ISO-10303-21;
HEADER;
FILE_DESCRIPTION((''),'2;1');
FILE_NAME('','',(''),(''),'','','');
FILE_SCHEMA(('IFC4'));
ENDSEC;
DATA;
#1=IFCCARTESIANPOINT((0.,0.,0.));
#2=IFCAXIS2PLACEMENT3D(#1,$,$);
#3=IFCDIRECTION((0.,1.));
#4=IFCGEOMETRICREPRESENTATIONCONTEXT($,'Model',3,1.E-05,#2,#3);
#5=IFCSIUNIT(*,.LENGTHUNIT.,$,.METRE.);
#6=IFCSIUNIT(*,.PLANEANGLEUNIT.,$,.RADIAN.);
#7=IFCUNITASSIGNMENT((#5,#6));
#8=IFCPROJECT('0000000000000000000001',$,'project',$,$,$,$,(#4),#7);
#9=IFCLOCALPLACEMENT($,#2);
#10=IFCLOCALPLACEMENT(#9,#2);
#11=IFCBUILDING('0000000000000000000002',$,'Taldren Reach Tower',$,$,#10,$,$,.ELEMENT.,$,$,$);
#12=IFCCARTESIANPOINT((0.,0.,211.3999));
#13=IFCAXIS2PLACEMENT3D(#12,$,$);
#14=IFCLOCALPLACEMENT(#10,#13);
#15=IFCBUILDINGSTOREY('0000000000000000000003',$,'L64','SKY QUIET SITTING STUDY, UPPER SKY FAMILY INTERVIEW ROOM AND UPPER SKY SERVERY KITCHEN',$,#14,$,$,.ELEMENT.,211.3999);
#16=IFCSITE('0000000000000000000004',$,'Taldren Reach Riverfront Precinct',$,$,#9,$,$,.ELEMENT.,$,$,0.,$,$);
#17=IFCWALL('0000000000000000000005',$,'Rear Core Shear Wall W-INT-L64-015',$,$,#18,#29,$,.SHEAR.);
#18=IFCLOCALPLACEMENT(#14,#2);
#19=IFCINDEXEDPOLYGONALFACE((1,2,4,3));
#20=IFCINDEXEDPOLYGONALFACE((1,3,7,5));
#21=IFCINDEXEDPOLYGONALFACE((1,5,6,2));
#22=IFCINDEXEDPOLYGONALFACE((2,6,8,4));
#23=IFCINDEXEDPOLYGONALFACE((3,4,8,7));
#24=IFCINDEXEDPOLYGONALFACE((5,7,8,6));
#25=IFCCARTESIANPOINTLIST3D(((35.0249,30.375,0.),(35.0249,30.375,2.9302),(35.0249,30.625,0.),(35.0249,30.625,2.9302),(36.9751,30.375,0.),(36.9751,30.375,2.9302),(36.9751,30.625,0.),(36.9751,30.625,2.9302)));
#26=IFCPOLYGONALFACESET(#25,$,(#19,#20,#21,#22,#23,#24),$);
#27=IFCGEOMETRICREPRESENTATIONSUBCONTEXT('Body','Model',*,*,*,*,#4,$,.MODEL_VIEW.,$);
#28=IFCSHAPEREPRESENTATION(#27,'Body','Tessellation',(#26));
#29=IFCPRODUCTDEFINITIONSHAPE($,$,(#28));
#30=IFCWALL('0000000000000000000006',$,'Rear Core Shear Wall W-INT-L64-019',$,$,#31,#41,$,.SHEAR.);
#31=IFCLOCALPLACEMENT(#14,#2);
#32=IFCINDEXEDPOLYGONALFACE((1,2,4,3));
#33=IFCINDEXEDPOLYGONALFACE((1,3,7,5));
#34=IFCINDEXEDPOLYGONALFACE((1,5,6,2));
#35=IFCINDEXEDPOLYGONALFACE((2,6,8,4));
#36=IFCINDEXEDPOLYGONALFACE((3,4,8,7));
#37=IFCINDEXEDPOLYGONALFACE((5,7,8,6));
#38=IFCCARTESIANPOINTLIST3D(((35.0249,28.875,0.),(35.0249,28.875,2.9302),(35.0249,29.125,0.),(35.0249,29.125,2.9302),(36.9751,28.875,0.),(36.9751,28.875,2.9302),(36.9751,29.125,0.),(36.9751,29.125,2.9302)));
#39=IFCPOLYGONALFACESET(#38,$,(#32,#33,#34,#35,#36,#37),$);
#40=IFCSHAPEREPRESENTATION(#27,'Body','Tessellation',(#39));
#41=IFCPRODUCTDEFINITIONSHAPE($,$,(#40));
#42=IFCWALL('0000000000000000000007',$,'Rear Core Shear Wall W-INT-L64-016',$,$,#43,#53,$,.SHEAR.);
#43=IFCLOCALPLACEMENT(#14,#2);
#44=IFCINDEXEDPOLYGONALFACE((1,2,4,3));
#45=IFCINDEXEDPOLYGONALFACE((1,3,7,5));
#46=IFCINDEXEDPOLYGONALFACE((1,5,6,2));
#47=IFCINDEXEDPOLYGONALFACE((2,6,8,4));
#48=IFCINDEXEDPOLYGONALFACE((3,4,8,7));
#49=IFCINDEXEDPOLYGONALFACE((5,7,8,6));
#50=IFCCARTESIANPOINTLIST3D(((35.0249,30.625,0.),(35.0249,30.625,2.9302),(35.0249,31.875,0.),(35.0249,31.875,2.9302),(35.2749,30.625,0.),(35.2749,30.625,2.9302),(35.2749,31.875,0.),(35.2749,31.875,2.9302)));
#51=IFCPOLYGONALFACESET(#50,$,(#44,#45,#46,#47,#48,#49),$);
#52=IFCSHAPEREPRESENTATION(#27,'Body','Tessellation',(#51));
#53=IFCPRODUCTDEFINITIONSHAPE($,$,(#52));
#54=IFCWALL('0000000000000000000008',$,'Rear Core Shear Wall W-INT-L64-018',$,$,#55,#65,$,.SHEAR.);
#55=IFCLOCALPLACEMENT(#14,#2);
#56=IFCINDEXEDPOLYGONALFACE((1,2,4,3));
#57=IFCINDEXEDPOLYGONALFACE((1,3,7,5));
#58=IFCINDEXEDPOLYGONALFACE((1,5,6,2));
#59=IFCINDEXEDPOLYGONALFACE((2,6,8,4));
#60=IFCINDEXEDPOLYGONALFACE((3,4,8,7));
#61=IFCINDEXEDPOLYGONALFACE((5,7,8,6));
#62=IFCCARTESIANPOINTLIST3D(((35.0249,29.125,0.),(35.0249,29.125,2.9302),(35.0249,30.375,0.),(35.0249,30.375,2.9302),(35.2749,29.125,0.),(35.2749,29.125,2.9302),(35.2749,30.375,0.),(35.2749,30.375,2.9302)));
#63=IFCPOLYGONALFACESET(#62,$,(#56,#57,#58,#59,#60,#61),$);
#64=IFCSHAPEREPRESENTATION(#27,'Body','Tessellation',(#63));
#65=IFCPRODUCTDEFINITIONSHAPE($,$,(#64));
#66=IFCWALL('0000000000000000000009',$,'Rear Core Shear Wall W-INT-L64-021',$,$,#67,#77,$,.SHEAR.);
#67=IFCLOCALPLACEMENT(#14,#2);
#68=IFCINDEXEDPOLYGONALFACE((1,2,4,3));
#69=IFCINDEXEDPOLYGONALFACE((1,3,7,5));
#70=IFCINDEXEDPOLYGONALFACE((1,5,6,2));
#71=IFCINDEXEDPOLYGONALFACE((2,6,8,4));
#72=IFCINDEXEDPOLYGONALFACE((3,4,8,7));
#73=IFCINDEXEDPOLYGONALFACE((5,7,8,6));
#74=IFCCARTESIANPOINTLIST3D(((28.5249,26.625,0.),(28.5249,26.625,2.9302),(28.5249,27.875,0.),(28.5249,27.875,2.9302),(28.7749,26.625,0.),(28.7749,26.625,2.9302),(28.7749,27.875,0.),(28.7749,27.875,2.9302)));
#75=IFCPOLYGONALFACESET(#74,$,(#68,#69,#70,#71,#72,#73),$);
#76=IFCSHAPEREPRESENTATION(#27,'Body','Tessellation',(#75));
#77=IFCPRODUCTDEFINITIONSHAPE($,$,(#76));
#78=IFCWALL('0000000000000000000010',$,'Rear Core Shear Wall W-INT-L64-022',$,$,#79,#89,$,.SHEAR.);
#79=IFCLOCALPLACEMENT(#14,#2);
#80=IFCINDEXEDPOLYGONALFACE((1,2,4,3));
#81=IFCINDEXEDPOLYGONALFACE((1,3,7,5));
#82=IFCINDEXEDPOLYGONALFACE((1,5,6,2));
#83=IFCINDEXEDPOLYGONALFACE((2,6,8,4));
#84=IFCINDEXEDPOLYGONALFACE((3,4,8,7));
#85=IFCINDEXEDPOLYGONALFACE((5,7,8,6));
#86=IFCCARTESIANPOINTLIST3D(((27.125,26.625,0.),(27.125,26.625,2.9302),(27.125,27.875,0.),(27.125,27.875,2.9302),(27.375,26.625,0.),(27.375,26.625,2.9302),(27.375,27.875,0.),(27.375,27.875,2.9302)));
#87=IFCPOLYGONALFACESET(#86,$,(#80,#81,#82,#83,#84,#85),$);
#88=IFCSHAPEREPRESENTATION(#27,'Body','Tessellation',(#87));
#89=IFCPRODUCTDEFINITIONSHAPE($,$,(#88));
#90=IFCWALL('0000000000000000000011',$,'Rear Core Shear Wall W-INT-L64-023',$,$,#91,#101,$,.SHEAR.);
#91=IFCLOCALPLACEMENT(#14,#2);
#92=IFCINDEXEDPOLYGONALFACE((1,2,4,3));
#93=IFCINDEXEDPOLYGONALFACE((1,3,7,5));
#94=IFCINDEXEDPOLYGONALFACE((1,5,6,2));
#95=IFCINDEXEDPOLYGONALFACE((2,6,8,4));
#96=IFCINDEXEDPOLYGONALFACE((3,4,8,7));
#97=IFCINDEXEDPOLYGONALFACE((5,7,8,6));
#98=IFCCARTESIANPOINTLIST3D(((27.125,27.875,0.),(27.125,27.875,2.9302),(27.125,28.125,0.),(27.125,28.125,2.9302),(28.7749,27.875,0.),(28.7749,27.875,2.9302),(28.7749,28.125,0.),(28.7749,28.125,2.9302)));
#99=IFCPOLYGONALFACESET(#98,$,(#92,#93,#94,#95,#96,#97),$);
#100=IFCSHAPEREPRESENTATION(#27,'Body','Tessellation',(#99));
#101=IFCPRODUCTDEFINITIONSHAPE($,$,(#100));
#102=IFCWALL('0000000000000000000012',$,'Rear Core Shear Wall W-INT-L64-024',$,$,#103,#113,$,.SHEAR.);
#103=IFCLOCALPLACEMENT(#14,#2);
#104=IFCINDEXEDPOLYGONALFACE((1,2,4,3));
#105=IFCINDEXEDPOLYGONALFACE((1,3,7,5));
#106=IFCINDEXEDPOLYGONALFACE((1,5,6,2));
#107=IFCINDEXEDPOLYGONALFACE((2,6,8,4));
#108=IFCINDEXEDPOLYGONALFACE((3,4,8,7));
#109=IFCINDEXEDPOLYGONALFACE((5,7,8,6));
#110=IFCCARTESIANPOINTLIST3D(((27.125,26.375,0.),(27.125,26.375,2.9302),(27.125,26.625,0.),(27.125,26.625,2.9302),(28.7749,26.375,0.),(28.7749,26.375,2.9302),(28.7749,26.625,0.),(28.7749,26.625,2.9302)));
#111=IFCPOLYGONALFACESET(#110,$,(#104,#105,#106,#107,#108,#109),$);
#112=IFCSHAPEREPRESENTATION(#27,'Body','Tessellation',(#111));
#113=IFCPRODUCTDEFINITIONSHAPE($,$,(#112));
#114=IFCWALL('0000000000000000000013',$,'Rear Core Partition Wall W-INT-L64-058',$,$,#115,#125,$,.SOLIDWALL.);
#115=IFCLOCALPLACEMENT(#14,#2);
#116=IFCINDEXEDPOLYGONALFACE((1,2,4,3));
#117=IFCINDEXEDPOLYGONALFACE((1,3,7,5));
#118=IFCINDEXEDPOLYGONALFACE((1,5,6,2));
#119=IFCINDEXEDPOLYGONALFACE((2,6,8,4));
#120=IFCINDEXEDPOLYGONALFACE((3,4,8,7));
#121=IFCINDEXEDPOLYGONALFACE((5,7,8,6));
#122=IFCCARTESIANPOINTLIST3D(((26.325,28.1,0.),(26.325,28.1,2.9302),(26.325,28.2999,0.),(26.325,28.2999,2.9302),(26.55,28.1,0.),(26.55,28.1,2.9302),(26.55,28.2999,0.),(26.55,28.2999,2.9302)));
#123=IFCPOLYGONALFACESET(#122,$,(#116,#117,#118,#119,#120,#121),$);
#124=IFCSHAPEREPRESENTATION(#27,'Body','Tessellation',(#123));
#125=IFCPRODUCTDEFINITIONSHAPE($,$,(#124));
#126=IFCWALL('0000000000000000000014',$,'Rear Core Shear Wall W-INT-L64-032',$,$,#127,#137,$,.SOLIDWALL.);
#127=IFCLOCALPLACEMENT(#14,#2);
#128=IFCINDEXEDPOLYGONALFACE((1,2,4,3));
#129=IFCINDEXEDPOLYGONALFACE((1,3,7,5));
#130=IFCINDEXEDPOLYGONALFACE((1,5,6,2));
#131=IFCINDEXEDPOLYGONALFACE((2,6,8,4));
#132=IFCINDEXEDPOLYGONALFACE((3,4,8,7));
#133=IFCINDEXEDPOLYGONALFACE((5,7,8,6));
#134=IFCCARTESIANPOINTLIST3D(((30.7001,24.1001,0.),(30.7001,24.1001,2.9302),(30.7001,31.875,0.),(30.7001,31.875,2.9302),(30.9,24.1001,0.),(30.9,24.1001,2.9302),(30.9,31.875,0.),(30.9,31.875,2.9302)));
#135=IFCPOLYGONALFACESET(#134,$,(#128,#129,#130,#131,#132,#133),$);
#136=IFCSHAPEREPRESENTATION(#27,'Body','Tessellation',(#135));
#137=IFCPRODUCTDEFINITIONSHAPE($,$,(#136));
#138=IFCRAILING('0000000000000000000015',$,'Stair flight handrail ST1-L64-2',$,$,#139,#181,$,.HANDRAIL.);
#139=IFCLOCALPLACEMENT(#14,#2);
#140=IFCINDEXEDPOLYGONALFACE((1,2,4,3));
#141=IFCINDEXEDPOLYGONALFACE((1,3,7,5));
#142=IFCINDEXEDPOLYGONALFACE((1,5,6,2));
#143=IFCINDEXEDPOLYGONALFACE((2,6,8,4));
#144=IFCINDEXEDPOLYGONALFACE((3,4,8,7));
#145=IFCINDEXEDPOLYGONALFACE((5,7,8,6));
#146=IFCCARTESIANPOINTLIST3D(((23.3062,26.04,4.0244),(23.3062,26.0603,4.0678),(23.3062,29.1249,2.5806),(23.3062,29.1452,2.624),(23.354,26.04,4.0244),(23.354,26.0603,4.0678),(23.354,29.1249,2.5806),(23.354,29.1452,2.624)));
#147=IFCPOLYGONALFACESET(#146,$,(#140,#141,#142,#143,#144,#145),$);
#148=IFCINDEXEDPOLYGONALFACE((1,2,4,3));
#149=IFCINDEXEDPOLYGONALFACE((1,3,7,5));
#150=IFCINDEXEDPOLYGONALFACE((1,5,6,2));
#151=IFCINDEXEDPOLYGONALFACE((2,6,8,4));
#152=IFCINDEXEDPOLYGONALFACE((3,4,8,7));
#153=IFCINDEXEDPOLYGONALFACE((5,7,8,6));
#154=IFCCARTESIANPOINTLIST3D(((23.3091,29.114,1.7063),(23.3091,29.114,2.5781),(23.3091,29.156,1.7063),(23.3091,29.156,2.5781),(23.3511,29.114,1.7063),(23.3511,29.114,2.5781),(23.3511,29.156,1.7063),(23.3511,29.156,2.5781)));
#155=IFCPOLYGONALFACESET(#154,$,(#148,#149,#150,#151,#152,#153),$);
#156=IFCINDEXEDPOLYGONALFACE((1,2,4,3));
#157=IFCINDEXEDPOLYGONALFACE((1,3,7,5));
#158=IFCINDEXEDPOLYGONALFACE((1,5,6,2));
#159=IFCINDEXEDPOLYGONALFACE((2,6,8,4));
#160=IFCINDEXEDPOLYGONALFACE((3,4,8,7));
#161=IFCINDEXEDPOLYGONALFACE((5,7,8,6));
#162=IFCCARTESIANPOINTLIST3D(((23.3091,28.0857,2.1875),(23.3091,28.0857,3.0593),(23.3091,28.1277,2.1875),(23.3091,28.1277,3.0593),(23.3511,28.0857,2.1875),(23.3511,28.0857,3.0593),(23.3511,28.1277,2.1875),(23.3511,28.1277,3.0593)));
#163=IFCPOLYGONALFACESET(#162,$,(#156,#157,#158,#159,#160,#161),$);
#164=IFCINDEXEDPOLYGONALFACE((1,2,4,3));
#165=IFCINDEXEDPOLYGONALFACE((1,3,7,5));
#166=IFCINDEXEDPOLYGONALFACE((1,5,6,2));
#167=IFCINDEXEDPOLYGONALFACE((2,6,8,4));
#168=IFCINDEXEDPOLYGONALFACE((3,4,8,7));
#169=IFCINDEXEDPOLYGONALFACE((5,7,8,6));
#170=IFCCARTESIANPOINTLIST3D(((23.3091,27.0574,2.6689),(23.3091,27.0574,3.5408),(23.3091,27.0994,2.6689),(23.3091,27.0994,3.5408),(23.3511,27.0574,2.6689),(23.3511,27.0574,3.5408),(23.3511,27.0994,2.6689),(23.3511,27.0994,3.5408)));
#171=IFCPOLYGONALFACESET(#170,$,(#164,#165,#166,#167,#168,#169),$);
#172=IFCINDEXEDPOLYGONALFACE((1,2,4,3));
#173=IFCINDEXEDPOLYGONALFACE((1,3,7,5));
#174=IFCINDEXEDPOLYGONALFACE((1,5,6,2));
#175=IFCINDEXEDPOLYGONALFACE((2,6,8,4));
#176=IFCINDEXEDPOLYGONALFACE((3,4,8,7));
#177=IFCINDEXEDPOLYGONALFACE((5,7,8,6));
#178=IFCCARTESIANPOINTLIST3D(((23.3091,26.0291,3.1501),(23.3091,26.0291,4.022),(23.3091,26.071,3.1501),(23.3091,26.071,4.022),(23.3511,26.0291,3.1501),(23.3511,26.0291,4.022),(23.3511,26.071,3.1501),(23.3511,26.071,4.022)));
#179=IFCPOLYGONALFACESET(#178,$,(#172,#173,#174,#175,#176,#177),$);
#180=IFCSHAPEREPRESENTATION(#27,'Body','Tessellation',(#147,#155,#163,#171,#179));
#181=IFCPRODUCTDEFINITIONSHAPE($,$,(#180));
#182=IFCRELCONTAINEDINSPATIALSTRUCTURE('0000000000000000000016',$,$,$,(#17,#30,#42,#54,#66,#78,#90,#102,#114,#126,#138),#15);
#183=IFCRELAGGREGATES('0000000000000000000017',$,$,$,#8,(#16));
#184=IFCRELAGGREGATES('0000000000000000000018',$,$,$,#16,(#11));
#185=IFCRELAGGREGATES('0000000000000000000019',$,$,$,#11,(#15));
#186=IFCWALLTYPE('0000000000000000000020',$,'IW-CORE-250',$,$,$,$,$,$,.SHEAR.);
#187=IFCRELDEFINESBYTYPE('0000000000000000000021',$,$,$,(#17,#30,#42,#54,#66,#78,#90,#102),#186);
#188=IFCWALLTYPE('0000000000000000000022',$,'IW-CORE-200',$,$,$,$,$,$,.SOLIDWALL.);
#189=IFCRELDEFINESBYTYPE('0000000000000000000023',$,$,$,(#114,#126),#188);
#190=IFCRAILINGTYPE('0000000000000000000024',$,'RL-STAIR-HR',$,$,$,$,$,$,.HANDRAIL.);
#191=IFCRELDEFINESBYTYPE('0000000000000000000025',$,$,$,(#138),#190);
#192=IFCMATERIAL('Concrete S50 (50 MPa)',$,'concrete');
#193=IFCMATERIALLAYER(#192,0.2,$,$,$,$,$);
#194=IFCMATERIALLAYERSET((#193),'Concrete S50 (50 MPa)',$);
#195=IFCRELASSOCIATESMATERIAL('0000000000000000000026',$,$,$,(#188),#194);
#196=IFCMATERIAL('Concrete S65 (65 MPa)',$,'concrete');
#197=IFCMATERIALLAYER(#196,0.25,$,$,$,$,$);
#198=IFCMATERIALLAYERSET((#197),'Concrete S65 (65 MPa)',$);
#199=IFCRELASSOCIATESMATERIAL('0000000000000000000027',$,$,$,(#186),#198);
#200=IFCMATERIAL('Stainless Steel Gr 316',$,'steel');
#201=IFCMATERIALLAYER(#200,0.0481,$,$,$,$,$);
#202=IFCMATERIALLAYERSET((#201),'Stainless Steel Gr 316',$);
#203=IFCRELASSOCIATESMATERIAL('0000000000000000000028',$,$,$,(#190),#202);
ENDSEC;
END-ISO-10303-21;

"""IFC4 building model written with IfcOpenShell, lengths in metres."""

from ifc_helpers import new_model, si_unit, direction, frame, frame_2d, origin, origin_2d, place, context, subcontext, project, spatial, rectangle, extrude, source, transform, mapped, material, layer, layer_set, type_object, element, save


model = new_model("IFC4")

# Units and contexts
model_context = context("Model", 3, precision=1e-05, world=origin(), true_north=direction((0.0, 1.0)))
body_context = subcontext(model_context, "Body", "Model", "MODEL_VIEW")
ifc_project = project(units=[si_unit("LENGTHUNIT", "METRE"), si_unit("PLANEANGLEUNIT", "RADIAN")], contexts=[model_context])

# Site, building, storey
site_placement = place(None, origin())
site = spatial("IfcSite", under=ifc_project, at=site_placement, Name="Taldren Reach Riverfront Precinct", CompositionType="ELEMENT", RefElevation=0.0)
building_placement = place(site_placement, origin())
building = spatial("IfcBuilding", under=site, at=building_placement, Name="Taldren Reach Tower", CompositionType="ELEMENT")
storey_placement = place(building_placement, frame((0.0, 0.0, 211.3999)))
storey = spatial("IfcBuildingStorey", under=building, at=storey_placement, Name="L64", Description="SKY QUIET SITTING STUDY, UPPER SKY FAMILY INTERVIEW ROOM AND UPPER SKY SERVERY KITCHEN", CompositionType="ELEMENT", Elevation=211.3999)

# Shared definitions
ifc_material_1 = material(Name="Concrete S50 (50 MPa)", Category="concrete")
ifc_layer_1 = layer(ifc_material_1, 0.2)
ifc_layer_set_1 = layer_set([ifc_layer_1], Name="Concrete S50 (50 MPa)")
wall_type_1 = type_object("IfcWallType", Name="IW-CORE-200", PredefinedType="SOLIDWALL", material=ifc_layer_set_1)

# Shared definitions
ifc_material_2 = material(Name="Concrete S65 (65 MPa)", Category="concrete")
ifc_layer_2 = layer(ifc_material_2, 0.25)
ifc_layer_set_2 = layer_set([ifc_layer_2], Name="Concrete S65 (65 MPa)")
wall_type_2 = type_object("IfcWallType", Name="IW-CORE-250", PredefinedType="SHEAR", material=ifc_layer_set_2)

# Walls
shared_shape_1 = source(origin(), body_context, "Body", "SweptSolid", [
    extrude(rectangle(XDim=1.9502, YDim=0.25, at=frame_2d((0.9751, 0.0))), origin(), (0.0, 0.0, 1.0), 2.9302),
])
for number, where, z_axis, x_axis, name in (
    (1, (35.0249, 30.5, 0.0), (0.0, 0.0, 1.0), (1.0, 0.0, 0.0), "Rear Core Shear Wall W-INT-L64-015"),
    (2, (35.0249, 29.0, 0.0), (0.0, 0.0, 1.0), (1.0, 0.0, 0.0), "Rear Core Shear Wall W-INT-L64-019"),
):
    element("IfcWall", number, at=place(storey_placement, frame(where, z_axis=z_axis, x_axis=x_axis)), inside=storey, type_object=wall_type_2, Name=name, PredefinedType="SHEAR", context=body_context, shape_type="MappedRepresentation", body=[
        mapped(shared_shape_1, transform((0.0, 0.0, 0.0), scale=1.0)),
    ])
shared_shape_2 = source(origin(), body_context, "Body", "SweptSolid", [
    extrude(rectangle(XDim=1.25, YDim=0.25, at=frame_2d((0.625, 0.0))), origin(), (0.0, 0.0, 1.0), 2.9302),
])
for number, where, z_axis, x_axis, name in (
    (3, (35.1499, 31.875, 0.0), (0.0, 0.0, 1.0), (0.0, -1.0, 0.0), "Rear Core Shear Wall W-INT-L64-016"),
    (4, (35.1499, 30.375, 0.0), (0.0, 0.0, 1.0), (0.0, -1.0, 0.0), "Rear Core Shear Wall W-INT-L64-018"),
    (5, (28.6499, 26.625, 0.0), (0.0, 0.0, 1.0), (0.0, 1.0, 0.0), "Rear Core Shear Wall W-INT-L64-021"),
    (6, (27.25, 27.875, 0.0), (0.0, 0.0, 1.0), (0.0, -1.0, 0.0), "Rear Core Shear Wall W-INT-L64-022"),
):
    element("IfcWall", number, at=place(storey_placement, frame(where, z_axis=z_axis, x_axis=x_axis)), inside=storey, type_object=wall_type_2, Name=name, PredefinedType="SHEAR", context=body_context, shape_type="MappedRepresentation", body=[
        mapped(shared_shape_2, transform((0.0, 0.0, 0.0), scale=1.0)),
    ])
shared_shape_3 = source(origin(), body_context, "Body", "SweptSolid", [
    extrude(rectangle(XDim=1.6499, YDim=0.25, at=frame_2d((0.825, 0.0))), origin(), (0.0, 0.0, 1.0), 2.9302),
])
for number, where, z_axis, x_axis, name in (
    (7, (28.7749, 28.0, 0.0), (0.0, 0.0, 1.0), (-1.0, 0.0, 0.0), "Rear Core Shear Wall W-INT-L64-023"),
    (8, (27.125, 26.5, 0.0), (0.0, 0.0, 1.0), (1.0, 0.0, 0.0), "Rear Core Shear Wall W-INT-L64-024"),
):
    element("IfcWall", number, at=place(storey_placement, frame(where, z_axis=z_axis, x_axis=x_axis)), inside=storey, type_object=wall_type_2, Name=name, PredefinedType="SHEAR", context=body_context, shape_type="MappedRepresentation", body=[
        mapped(shared_shape_3, transform((0.0, 0.0, 0.0), scale=1.0)),
    ])
shared_shape_4 = source(origin(), body_context, "Body", "SweptSolid", [
    extrude(rectangle(XDim=0.2251, YDim=0.2, at=frame_2d((0.1125, 0.0))), origin(), (0.0, 0.0, 1.0), 2.9302),
])
wall_1_placement = place(storey_placement, frame((26.325, 28.2, 0.0), z_axis=(0.0, 0.0, 1.0), x_axis=(1.0, 0.0, 0.0)))
element("IfcWall", 9, at=wall_1_placement, inside=storey, type_object=wall_type_1, Name="Rear Core Partition Wall W-INT-L64-058", PredefinedType="SOLIDWALL", context=body_context, shape_type="MappedRepresentation", body=[
    mapped(shared_shape_4, transform((0.0, 0.0, 0.0), scale=1.0)),
])
shared_shape_5 = source(origin(), body_context, "Body", "SweptSolid", [
    extrude(rectangle(XDim=7.7749, YDim=0.2, at=frame_2d((3.8875, 0.0))), origin(), (0.0, 0.0, 1.0), 2.9302),
])
wall_2_placement = place(storey_placement, frame((30.8, 31.875, 0.0), z_axis=(0.0, 0.0, 1.0), x_axis=(0.0, -1.0, 0.0)))
element("IfcWall", 10, at=wall_2_placement, inside=storey, type_object=wall_type_1, Name="Rear Core Shear Wall W-INT-L64-032", PredefinedType="SOLIDWALL", context=body_context, shape_type="MappedRepresentation", body=[
    mapped(shared_shape_5, transform((0.0, 0.0, 0.0), scale=1.0)),
])

# Railing
ifc_material_3 = material(Name="Stainless Steel Gr 316", Category="steel")
ifc_layer_3 = layer(ifc_material_3, 0.0481)
ifc_layer_set_3 = layer_set([ifc_layer_3], Name="Stainless Steel Gr 316")
railing_type = type_object("IfcRailingType", Name="RL-STAIR-HR", PredefinedType="HANDRAIL", material=ifc_layer_set_3)
railing_placement = place(storey_placement, frame((23.3301, 29.135, 1.7063)))
element("IfcRailing", 11, at=railing_placement, inside=storey, type_object=railing_type, Name="Stair flight handrail ST1-L64-2", PredefinedType="HANDRAIL", context=body_context, shape_type="SweptSolid", body=[
    extrude(rectangle(XDim=0.0479, YDim=0.0479, at=origin_2d()), frame((0.0, 0.0, 0.896), z_axis=(0.0, -0.90571, 0.423898), x_axis=(1.0, 0.0, 0.0)), (0.0, 0.0, 1.0), 3.406),
    extrude(rectangle(XDim=0.042, YDim=0.042, at=origin_2d()), origin(), (0.0, 0.0, 1.0), 0.8718),
    extrude(rectangle(XDim=0.042, YDim=0.042, at=origin_2d()), frame((0.0, -1.0283, 0.4812)), (0.0, 0.0, 1.0), 0.8718),
    extrude(rectangle(XDim=0.042, YDim=0.042, at=origin_2d()), frame((0.0, -2.0566, 0.9626)), (0.0, 0.0, 1.0), 0.8718),
    extrude(rectangle(XDim=0.042, YDim=0.042, at=origin_2d()), frame((0.0, -3.085, 1.4438)), (0.0, 0.0, 1.0), 0.8718),
])

save(model, "model.ifc")
